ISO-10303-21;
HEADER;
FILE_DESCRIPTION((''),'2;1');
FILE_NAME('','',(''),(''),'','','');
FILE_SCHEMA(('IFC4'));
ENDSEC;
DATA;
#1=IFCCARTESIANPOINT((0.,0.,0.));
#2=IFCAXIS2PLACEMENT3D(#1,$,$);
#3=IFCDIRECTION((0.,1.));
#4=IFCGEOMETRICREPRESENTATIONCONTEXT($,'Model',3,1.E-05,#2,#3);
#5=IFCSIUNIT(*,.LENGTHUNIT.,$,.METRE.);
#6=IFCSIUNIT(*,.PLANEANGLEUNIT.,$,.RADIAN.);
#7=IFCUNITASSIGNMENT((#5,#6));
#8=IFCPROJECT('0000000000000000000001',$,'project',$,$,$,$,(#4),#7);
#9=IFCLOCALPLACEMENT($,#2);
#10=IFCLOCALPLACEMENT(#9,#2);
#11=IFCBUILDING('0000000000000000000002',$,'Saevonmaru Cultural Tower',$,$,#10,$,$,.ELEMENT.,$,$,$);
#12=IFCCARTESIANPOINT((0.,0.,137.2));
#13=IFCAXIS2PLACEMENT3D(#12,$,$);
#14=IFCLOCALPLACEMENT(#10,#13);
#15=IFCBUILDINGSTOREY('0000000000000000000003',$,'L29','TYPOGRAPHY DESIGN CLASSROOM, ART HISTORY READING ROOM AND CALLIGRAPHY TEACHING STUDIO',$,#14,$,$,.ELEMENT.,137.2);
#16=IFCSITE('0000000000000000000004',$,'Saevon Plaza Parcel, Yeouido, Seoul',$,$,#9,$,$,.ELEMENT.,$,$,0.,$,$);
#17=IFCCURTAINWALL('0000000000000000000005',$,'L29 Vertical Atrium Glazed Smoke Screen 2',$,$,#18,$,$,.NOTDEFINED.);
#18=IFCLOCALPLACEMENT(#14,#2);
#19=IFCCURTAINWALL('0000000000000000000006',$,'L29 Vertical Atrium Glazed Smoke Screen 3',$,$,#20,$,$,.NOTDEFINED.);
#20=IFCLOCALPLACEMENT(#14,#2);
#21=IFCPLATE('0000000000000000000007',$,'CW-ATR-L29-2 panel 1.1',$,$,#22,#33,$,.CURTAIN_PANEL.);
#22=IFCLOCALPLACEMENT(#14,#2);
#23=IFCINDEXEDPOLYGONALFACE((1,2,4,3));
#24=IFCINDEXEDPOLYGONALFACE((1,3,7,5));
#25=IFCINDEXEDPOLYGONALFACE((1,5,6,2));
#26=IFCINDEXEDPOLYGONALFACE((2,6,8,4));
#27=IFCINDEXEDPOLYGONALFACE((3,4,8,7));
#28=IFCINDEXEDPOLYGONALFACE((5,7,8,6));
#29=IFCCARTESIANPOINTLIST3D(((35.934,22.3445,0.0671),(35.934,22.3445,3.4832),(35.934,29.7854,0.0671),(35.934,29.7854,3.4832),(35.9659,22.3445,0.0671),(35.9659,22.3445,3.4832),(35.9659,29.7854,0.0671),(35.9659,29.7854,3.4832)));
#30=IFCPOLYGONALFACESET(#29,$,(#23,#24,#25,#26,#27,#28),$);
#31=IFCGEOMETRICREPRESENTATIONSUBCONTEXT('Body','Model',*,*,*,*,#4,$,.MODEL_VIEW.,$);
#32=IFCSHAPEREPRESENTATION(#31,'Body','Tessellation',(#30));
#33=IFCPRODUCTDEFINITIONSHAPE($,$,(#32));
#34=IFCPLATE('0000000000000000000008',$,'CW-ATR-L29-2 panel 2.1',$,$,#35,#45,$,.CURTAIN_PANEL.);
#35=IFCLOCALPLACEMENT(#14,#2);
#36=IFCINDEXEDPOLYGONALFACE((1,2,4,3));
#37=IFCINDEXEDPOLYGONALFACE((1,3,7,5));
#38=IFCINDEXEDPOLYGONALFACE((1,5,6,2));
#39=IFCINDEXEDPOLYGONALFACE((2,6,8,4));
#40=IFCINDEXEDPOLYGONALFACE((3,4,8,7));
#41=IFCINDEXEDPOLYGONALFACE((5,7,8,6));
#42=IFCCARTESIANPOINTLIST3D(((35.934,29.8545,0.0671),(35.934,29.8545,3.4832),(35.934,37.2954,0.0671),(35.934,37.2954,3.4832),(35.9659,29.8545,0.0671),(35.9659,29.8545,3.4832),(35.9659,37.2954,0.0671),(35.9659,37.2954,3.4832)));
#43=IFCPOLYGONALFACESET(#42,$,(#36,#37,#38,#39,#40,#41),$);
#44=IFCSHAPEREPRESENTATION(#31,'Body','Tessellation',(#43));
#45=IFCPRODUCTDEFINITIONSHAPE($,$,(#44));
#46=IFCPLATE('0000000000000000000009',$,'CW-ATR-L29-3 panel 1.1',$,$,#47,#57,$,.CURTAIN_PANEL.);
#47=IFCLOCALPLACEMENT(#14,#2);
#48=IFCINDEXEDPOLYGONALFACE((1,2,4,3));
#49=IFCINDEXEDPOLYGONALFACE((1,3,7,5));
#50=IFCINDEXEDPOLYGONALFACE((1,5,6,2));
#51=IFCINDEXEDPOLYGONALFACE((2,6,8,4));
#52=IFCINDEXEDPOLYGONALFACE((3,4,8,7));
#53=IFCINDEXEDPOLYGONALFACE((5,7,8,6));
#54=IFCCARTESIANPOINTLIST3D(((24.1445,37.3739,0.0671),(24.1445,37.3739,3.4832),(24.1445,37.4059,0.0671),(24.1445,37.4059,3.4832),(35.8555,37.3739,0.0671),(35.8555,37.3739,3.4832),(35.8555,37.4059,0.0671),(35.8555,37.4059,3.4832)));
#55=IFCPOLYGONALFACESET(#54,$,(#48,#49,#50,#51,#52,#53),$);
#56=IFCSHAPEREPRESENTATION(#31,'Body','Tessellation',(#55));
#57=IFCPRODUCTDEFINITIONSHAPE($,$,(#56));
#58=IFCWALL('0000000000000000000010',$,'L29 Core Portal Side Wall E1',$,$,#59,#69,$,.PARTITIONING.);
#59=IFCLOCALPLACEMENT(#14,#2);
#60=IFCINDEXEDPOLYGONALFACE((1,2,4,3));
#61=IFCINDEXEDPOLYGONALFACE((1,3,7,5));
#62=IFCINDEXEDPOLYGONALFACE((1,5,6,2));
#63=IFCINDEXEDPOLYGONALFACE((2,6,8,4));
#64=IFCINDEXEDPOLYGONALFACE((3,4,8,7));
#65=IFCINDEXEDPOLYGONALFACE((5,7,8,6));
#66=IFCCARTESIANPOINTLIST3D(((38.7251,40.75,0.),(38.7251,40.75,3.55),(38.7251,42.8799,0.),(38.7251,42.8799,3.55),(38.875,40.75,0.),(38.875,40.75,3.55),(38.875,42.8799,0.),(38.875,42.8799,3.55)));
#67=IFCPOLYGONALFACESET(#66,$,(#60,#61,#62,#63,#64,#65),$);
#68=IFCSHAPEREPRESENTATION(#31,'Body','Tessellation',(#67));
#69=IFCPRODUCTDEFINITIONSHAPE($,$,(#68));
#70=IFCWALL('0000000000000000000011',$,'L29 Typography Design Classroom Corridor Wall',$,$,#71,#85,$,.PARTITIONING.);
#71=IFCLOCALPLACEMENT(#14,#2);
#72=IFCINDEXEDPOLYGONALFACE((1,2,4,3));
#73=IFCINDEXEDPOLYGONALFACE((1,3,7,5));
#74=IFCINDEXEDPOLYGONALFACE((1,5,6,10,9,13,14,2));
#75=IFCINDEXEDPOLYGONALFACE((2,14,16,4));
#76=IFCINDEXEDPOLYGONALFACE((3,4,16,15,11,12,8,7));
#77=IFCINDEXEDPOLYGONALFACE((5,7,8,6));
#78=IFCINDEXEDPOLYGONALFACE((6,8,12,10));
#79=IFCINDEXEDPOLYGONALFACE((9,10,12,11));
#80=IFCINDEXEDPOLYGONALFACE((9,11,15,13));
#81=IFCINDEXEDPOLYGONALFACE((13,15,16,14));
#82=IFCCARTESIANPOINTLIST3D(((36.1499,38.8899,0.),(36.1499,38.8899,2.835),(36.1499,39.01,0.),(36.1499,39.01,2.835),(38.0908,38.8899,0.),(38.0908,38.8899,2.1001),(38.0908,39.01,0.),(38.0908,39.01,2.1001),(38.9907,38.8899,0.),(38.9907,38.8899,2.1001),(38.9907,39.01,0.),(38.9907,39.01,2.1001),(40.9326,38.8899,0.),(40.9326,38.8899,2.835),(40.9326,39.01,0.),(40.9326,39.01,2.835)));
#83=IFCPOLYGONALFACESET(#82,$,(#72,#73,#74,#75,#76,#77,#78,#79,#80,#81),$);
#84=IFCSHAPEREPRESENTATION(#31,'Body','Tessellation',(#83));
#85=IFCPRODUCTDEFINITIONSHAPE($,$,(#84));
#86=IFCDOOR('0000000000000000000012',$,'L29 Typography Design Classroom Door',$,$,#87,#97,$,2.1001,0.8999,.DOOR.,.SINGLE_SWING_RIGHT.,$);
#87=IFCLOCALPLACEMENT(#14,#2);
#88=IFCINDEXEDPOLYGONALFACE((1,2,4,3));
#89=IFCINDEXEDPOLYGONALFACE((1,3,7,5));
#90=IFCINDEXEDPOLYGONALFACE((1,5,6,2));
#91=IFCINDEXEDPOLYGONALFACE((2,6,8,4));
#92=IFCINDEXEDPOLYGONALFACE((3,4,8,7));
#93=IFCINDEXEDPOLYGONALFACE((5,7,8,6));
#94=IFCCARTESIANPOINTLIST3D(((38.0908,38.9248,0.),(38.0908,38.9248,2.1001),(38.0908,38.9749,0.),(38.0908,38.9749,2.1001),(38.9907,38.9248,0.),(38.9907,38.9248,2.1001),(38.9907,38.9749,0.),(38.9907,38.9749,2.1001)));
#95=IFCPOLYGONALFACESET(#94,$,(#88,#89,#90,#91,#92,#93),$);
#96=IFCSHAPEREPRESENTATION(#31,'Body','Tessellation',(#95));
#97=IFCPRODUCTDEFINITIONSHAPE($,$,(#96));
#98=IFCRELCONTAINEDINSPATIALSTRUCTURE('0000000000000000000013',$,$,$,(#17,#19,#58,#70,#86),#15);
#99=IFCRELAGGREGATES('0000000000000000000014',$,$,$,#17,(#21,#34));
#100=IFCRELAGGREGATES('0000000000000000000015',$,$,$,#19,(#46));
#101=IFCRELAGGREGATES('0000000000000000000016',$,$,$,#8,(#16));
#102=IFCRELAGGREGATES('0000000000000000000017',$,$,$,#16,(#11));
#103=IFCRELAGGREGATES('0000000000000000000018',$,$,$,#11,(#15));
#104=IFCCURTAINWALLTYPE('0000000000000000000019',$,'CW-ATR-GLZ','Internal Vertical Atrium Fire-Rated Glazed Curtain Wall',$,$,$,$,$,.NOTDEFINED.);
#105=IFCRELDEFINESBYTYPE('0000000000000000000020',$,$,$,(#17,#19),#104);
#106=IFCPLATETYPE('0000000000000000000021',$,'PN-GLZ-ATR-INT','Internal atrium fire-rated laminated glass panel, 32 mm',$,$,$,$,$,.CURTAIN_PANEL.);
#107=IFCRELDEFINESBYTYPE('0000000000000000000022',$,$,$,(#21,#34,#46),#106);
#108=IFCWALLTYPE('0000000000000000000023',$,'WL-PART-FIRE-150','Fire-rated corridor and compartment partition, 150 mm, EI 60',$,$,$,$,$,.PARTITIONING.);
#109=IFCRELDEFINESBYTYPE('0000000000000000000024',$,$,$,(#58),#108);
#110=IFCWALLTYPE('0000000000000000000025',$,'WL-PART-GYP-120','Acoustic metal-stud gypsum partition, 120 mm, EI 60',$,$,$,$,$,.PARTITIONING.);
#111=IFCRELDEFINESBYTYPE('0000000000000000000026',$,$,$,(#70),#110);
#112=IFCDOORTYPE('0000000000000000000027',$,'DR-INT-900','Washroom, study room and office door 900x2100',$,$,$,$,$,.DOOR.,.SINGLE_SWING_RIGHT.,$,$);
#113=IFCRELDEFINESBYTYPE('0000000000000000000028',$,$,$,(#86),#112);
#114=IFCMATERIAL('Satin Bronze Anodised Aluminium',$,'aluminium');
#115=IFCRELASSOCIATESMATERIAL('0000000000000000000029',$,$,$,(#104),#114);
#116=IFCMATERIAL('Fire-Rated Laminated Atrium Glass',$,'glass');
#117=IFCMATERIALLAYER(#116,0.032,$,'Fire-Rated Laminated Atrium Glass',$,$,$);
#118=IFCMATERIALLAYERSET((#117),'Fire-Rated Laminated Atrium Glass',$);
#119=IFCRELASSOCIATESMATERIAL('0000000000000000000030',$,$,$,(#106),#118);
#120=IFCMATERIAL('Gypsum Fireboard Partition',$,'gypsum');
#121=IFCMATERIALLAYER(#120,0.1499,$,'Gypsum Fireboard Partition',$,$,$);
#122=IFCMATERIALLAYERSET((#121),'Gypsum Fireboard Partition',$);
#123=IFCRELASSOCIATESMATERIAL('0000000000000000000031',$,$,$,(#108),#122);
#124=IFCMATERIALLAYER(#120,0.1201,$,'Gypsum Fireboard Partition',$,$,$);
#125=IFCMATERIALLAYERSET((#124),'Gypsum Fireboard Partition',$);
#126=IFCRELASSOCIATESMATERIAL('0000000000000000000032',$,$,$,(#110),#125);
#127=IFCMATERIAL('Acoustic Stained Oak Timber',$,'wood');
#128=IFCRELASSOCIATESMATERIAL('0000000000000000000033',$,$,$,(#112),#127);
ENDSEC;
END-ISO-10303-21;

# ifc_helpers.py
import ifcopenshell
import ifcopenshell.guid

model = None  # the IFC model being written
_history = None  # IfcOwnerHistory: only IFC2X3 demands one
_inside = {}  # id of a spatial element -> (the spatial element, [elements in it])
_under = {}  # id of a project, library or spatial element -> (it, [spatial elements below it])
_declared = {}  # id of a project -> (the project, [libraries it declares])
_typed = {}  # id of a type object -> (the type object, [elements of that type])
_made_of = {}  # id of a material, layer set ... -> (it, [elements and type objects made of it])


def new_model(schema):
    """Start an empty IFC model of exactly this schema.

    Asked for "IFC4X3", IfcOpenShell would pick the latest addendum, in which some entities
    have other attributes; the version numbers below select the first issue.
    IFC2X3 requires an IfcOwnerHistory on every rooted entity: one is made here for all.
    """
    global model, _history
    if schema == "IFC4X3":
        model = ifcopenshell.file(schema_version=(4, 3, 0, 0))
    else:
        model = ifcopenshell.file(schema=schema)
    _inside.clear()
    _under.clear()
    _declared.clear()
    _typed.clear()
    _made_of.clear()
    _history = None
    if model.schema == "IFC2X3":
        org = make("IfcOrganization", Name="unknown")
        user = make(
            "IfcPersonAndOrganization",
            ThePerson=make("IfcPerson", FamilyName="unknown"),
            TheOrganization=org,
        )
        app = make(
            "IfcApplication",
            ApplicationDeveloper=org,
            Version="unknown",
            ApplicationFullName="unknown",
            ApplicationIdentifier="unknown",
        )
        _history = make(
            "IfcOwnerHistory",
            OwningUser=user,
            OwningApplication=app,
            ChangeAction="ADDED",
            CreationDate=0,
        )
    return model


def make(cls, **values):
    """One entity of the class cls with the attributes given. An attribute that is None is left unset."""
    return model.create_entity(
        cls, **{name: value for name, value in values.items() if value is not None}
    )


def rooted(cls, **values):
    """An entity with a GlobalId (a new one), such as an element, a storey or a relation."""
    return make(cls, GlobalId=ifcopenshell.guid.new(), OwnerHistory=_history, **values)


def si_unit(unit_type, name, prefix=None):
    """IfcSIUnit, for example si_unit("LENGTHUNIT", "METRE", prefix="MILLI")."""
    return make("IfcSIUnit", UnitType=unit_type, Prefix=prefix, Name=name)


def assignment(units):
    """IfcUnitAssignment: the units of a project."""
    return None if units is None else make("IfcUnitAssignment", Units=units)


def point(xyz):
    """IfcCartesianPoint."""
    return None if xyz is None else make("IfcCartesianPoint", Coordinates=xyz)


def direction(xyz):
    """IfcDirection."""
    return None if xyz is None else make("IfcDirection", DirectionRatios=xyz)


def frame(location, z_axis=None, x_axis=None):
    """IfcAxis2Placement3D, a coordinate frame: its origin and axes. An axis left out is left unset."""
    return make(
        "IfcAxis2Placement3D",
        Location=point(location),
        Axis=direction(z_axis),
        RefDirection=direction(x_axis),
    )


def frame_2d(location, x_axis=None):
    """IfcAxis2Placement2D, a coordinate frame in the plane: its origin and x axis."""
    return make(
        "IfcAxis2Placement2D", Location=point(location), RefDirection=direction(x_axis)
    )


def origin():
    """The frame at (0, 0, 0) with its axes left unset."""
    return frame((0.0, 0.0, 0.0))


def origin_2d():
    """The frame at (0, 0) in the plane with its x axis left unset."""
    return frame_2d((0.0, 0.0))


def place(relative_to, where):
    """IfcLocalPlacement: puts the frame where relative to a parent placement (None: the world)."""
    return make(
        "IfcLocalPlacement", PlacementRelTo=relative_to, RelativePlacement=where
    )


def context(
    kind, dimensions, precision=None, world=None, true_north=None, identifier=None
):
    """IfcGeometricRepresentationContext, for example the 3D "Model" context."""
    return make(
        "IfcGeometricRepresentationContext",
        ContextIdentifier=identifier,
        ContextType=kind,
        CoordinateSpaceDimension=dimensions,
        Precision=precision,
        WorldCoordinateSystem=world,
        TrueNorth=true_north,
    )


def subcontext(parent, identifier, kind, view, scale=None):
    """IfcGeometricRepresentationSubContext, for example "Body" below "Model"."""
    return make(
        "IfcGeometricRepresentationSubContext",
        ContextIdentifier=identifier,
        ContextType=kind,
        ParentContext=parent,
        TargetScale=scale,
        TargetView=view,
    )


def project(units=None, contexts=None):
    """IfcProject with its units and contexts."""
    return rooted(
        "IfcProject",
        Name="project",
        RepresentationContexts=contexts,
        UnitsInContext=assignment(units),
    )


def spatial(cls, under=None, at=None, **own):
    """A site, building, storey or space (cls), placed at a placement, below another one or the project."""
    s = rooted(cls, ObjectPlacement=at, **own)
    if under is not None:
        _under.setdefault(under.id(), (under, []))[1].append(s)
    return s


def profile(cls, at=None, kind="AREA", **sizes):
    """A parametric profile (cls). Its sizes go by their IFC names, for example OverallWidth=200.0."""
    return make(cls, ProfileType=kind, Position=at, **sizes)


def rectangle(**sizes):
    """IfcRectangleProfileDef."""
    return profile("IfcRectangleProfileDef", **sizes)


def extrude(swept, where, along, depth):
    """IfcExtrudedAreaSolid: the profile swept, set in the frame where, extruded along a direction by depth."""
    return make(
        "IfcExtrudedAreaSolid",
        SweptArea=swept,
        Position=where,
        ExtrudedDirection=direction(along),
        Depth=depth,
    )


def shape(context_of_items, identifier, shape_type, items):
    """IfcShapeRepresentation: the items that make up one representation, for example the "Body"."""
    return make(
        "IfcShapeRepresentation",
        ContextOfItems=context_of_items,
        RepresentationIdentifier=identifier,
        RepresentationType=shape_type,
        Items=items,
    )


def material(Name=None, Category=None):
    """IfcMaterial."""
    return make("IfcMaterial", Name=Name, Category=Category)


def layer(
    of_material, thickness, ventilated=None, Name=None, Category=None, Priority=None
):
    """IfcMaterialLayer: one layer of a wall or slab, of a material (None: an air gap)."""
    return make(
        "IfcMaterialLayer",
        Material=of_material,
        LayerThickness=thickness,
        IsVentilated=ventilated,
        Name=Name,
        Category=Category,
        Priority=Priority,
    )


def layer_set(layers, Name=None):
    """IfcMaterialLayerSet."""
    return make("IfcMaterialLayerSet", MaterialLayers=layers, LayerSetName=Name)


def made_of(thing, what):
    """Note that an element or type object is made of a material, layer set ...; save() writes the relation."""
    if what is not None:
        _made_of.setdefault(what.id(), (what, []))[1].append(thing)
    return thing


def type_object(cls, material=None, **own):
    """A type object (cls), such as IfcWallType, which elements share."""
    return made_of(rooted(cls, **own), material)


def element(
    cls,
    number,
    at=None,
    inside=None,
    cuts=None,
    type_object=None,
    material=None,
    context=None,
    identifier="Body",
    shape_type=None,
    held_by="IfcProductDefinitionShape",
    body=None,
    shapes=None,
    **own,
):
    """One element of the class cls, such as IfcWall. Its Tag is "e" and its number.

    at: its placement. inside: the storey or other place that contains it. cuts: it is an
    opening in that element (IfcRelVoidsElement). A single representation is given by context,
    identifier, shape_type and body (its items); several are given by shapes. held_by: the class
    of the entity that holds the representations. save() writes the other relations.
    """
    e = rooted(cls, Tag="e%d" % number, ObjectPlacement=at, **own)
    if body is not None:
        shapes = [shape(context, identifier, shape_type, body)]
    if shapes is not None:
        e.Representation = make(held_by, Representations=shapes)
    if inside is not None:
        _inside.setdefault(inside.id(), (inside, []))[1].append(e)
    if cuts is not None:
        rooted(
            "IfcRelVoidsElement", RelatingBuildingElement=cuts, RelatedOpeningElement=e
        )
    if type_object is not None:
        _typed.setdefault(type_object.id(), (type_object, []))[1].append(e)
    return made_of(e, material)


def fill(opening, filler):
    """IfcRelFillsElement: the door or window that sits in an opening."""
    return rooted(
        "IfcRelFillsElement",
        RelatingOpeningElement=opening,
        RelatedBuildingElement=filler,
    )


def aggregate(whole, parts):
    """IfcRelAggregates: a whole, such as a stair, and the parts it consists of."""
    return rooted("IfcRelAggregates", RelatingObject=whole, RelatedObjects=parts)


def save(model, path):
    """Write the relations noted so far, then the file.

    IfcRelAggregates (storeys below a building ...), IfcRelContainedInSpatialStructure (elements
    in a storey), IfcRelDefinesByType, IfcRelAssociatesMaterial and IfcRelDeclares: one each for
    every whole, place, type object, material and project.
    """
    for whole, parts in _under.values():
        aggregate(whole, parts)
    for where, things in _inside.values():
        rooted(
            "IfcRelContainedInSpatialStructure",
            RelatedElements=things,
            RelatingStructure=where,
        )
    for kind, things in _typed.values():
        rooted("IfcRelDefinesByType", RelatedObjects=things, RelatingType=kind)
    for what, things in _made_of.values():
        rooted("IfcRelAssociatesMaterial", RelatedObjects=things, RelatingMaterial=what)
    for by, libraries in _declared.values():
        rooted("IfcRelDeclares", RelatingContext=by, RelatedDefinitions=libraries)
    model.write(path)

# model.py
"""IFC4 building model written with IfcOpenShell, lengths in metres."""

from ifc_helpers import new_model, si_unit, direction, frame, frame_2d, origin, origin_2d, place, context, subcontext, project, spatial, rectangle, extrude, material, layer, layer_set, type_object, element, fill, aggregate, save


model = new_model("IFC4")

# Units and contexts
model_context = context("Model", 3, precision=1e-05, world=origin(), true_north=direction((0.0, 1.0)))
body_context = subcontext(model_context, "Body", "Model", "MODEL_VIEW")
ifc_project = project(units=[si_unit("LENGTHUNIT", "METRE"), si_unit("PLANEANGLEUNIT", "RADIAN")], contexts=[model_context])

# Site, building, storey
site_placement = place(None, origin())
site = spatial("IfcSite", under=ifc_project, at=site_placement, Name="Saevon Plaza Parcel, Yeouido, Seoul", CompositionType="ELEMENT", RefElevation=0.0)
building_placement = place(site_placement, origin())
building = spatial("IfcBuilding", under=site, at=building_placement, Name="Saevonmaru Cultural Tower", CompositionType="ELEMENT")
storey_placement = place(building_placement, frame((0.0, 0.0, 137.2)))
storey = spatial("IfcBuildingStorey", under=building, at=storey_placement, Name="L29", Description="TYPOGRAPHY DESIGN CLASSROOM, ART HISTORY READING ROOM AND CALLIGRAPHY TEACHING STUDIO", CompositionType="ELEMENT", Elevation=137.2)

# Curtain walls
ifc_material_1 = material(Name="Satin Bronze Anodised Aluminium", Category="aluminium")
curtain_wall_type = type_object("IfcCurtainWallType", Name="CW-ATR-GLZ", Description="Internal Vertical Atrium Fire-Rated Glazed Curtain Wall", PredefinedType="NOTDEFINED", material=ifc_material_1)
curtain_wall_1_placement = place(storey_placement, origin())
curtain_wall_1 = element("IfcCurtainWall", 1, at=curtain_wall_1_placement, inside=storey, type_object=curtain_wall_type, Name="L29 Vertical Atrium Glazed Smoke Screen 2", PredefinedType="NOTDEFINED")
curtain_wall_2_placement = place(storey_placement, origin())
curtain_wall_2 = element("IfcCurtainWall", 2, at=curtain_wall_2_placement, inside=storey, type_object=curtain_wall_type, Name="L29 Vertical Atrium Glazed Smoke Screen 3", PredefinedType="NOTDEFINED")

# Plates
ifc_material_2 = material(Name="Fire-Rated Laminated Atrium Glass", Category="glass")
ifc_layer_1 = layer(ifc_material_2, 0.032, Name="Fire-Rated Laminated Atrium Glass")
ifc_layer_set_1 = layer_set([ifc_layer_1], Name="Fire-Rated Laminated Atrium Glass")
plate_type = type_object("IfcPlateType", Name="PN-GLZ-ATR-INT", Description="Internal atrium fire-rated laminated glass panel, 32 mm", PredefinedType="CURTAIN_PANEL", material=ifc_layer_set_1)
plate_1_placement = place(storey_placement, frame((35.95, 26.0649, 0.0671), z_axis=(0.0, 0.0, 1.0), x_axis=(0.0, 1.0, 0.0)))
plate_1 = element("IfcPlate", 3, at=plate_1_placement, type_object=plate_type, Name="CW-ATR-L29-2 panel 1.1", PredefinedType="CURTAIN_PANEL", context=body_context, shape_type="SweptSolid", body=[
    extrude(rectangle(XDim=7.4409, YDim=0.032, at=origin_2d()), origin(), (0.0, 0.0, 1.0), 3.416),
])
plate_2_placement = place(storey_placement, frame((35.95, 33.575, 0.0671), z_axis=(0.0, 0.0, 1.0), x_axis=(0.0, 1.0, 0.0)))
plate_2 = element("IfcPlate", 4, at=plate_2_placement, type_object=plate_type, Name="CW-ATR-L29-2 panel 2.1", PredefinedType="CURTAIN_PANEL", context=body_context, shape_type="SweptSolid", body=[
    extrude(rectangle(XDim=7.4409, YDim=0.032, at=origin_2d()), origin(), (0.0, 0.0, 1.0), 3.416),
])
aggregate(curtain_wall_1, [plate_1, plate_2])
plate_3_placement = place(storey_placement, frame((30.0, 37.3899, 0.0671), z_axis=(0.0, 0.0, 1.0), x_axis=(-1.0, 0.0, 0.0)))
plate_3 = element("IfcPlate", 5, at=plate_3_placement, type_object=plate_type, Name="CW-ATR-L29-3 panel 1.1", PredefinedType="CURTAIN_PANEL", context=body_context, shape_type="SweptSolid", body=[
    extrude(rectangle(XDim=11.7109, YDim=0.032, at=origin_2d()), origin(), (0.0, 0.0, 1.0), 3.416),
])
aggregate(curtain_wall_2, [plate_3])

# Wall
ifc_material_3 = material(Name="Gypsum Fireboard Partition", Category="gypsum")
ifc_layer_2 = layer(ifc_material_3, 0.1499, Name="Gypsum Fireboard Partition")
ifc_layer_set_2 = layer_set([ifc_layer_2], Name="Gypsum Fireboard Partition")
wall_type_1 = type_object("IfcWallType", Name="WL-PART-FIRE-150", Description="Fire-rated corridor and compartment partition, 150 mm, EI 60", PredefinedType="PARTITIONING", material=ifc_layer_set_2)
wall_1_placement = place(storey_placement, frame((38.8, 40.75, 0.0), z_axis=(0.0, 0.0, 1.0), x_axis=(0.0, 1.0, 0.0)))
element("IfcWall", 6, at=wall_1_placement, inside=storey, type_object=wall_type_1, Name="L29 Core Portal Side Wall E1", PredefinedType="PARTITIONING", context=body_context, shape_type="SweptSolid", body=[
    extrude(rectangle(XDim=2.1299, YDim=0.1499, at=frame_2d((1.0649, 0.0))), origin(), (0.0, 0.0, 1.0), 3.55),
])

# Wall, opening, door
ifc_layer_3 = layer(ifc_material_3, 0.1201, Name="Gypsum Fireboard Partition")
ifc_layer_set_3 = layer_set([ifc_layer_3], Name="Gypsum Fireboard Partition")
wall_type_2 = type_object("IfcWallType", Name="WL-PART-GYP-120", Description="Acoustic metal-stud gypsum partition, 120 mm, EI 60", PredefinedType="PARTITIONING", material=ifc_layer_set_3)
wall_2_placement = place(storey_placement, frame((36.1499, 38.95, 0.0), z_axis=(0.0, 0.0, 1.0), x_axis=(1.0, 0.0, 0.0)))
wall_2 = element("IfcWall", 7, at=wall_2_placement, inside=storey, type_object=wall_type_2, Name="L29 Typography Design Classroom Corridor Wall", PredefinedType="PARTITIONING", context=body_context, shape_type="SweptSolid", body=[
    extrude(rectangle(XDim=4.7827, YDim=0.1201, at=frame_2d((2.3914, 0.0))), origin(), (0.0, 0.0, 1.0), 2.835),
])
opening_placement = place(wall_2_placement, frame((1.9409, 0.0, 0.0)))
opening = element("IfcOpeningElement", 8, at=opening_placement, cuts=wall_2, PredefinedType="OPENING", context=body_context, shape_type="SweptSolid", body=[
    extrude(rectangle(XDim=0.8999, YDim=2.1001, at=frame_2d((0.45, 1.05))), frame((0.0, 0.0701, 0.0), z_axis=(0.0, -1.0, 0.0), x_axis=(1.0, 0.0, 0.0)), (0.0, 0.0, 1.0), 0.1401),
])
ifc_material_4 = material(Name="Acoustic Stained Oak Timber", Category="wood")
door_type = type_object("IfcDoorType", Name="DR-INT-900", Description="Washroom, study room and office door 900x2100", OperationType="SINGLE_SWING_RIGHT", PredefinedType="DOOR", material=ifc_material_4)
door_placement = place(opening_placement, origin())
door = element("IfcDoor", 9, at=door_placement, inside=storey, type_object=door_type, Name="L29 Typography Design Classroom Door", OperationType="SINGLE_SWING_RIGHT", OverallHeight=2.1001, OverallWidth=0.8999, PredefinedType="DOOR", context=body_context, shape_type="SweptSolid", body=[
    extrude(rectangle(XDim=0.8999, YDim=2.1001, at=frame_2d((0.45, 1.05))), frame((0.0, 0.0249, 0.0), z_axis=(0.0, -1.0, 0.0), x_axis=(1.0, 0.0, 0.0)), (0.0, 0.0, 1.0), 0.05),
])
fill(opening, door)

save(model, "model.ifc")
